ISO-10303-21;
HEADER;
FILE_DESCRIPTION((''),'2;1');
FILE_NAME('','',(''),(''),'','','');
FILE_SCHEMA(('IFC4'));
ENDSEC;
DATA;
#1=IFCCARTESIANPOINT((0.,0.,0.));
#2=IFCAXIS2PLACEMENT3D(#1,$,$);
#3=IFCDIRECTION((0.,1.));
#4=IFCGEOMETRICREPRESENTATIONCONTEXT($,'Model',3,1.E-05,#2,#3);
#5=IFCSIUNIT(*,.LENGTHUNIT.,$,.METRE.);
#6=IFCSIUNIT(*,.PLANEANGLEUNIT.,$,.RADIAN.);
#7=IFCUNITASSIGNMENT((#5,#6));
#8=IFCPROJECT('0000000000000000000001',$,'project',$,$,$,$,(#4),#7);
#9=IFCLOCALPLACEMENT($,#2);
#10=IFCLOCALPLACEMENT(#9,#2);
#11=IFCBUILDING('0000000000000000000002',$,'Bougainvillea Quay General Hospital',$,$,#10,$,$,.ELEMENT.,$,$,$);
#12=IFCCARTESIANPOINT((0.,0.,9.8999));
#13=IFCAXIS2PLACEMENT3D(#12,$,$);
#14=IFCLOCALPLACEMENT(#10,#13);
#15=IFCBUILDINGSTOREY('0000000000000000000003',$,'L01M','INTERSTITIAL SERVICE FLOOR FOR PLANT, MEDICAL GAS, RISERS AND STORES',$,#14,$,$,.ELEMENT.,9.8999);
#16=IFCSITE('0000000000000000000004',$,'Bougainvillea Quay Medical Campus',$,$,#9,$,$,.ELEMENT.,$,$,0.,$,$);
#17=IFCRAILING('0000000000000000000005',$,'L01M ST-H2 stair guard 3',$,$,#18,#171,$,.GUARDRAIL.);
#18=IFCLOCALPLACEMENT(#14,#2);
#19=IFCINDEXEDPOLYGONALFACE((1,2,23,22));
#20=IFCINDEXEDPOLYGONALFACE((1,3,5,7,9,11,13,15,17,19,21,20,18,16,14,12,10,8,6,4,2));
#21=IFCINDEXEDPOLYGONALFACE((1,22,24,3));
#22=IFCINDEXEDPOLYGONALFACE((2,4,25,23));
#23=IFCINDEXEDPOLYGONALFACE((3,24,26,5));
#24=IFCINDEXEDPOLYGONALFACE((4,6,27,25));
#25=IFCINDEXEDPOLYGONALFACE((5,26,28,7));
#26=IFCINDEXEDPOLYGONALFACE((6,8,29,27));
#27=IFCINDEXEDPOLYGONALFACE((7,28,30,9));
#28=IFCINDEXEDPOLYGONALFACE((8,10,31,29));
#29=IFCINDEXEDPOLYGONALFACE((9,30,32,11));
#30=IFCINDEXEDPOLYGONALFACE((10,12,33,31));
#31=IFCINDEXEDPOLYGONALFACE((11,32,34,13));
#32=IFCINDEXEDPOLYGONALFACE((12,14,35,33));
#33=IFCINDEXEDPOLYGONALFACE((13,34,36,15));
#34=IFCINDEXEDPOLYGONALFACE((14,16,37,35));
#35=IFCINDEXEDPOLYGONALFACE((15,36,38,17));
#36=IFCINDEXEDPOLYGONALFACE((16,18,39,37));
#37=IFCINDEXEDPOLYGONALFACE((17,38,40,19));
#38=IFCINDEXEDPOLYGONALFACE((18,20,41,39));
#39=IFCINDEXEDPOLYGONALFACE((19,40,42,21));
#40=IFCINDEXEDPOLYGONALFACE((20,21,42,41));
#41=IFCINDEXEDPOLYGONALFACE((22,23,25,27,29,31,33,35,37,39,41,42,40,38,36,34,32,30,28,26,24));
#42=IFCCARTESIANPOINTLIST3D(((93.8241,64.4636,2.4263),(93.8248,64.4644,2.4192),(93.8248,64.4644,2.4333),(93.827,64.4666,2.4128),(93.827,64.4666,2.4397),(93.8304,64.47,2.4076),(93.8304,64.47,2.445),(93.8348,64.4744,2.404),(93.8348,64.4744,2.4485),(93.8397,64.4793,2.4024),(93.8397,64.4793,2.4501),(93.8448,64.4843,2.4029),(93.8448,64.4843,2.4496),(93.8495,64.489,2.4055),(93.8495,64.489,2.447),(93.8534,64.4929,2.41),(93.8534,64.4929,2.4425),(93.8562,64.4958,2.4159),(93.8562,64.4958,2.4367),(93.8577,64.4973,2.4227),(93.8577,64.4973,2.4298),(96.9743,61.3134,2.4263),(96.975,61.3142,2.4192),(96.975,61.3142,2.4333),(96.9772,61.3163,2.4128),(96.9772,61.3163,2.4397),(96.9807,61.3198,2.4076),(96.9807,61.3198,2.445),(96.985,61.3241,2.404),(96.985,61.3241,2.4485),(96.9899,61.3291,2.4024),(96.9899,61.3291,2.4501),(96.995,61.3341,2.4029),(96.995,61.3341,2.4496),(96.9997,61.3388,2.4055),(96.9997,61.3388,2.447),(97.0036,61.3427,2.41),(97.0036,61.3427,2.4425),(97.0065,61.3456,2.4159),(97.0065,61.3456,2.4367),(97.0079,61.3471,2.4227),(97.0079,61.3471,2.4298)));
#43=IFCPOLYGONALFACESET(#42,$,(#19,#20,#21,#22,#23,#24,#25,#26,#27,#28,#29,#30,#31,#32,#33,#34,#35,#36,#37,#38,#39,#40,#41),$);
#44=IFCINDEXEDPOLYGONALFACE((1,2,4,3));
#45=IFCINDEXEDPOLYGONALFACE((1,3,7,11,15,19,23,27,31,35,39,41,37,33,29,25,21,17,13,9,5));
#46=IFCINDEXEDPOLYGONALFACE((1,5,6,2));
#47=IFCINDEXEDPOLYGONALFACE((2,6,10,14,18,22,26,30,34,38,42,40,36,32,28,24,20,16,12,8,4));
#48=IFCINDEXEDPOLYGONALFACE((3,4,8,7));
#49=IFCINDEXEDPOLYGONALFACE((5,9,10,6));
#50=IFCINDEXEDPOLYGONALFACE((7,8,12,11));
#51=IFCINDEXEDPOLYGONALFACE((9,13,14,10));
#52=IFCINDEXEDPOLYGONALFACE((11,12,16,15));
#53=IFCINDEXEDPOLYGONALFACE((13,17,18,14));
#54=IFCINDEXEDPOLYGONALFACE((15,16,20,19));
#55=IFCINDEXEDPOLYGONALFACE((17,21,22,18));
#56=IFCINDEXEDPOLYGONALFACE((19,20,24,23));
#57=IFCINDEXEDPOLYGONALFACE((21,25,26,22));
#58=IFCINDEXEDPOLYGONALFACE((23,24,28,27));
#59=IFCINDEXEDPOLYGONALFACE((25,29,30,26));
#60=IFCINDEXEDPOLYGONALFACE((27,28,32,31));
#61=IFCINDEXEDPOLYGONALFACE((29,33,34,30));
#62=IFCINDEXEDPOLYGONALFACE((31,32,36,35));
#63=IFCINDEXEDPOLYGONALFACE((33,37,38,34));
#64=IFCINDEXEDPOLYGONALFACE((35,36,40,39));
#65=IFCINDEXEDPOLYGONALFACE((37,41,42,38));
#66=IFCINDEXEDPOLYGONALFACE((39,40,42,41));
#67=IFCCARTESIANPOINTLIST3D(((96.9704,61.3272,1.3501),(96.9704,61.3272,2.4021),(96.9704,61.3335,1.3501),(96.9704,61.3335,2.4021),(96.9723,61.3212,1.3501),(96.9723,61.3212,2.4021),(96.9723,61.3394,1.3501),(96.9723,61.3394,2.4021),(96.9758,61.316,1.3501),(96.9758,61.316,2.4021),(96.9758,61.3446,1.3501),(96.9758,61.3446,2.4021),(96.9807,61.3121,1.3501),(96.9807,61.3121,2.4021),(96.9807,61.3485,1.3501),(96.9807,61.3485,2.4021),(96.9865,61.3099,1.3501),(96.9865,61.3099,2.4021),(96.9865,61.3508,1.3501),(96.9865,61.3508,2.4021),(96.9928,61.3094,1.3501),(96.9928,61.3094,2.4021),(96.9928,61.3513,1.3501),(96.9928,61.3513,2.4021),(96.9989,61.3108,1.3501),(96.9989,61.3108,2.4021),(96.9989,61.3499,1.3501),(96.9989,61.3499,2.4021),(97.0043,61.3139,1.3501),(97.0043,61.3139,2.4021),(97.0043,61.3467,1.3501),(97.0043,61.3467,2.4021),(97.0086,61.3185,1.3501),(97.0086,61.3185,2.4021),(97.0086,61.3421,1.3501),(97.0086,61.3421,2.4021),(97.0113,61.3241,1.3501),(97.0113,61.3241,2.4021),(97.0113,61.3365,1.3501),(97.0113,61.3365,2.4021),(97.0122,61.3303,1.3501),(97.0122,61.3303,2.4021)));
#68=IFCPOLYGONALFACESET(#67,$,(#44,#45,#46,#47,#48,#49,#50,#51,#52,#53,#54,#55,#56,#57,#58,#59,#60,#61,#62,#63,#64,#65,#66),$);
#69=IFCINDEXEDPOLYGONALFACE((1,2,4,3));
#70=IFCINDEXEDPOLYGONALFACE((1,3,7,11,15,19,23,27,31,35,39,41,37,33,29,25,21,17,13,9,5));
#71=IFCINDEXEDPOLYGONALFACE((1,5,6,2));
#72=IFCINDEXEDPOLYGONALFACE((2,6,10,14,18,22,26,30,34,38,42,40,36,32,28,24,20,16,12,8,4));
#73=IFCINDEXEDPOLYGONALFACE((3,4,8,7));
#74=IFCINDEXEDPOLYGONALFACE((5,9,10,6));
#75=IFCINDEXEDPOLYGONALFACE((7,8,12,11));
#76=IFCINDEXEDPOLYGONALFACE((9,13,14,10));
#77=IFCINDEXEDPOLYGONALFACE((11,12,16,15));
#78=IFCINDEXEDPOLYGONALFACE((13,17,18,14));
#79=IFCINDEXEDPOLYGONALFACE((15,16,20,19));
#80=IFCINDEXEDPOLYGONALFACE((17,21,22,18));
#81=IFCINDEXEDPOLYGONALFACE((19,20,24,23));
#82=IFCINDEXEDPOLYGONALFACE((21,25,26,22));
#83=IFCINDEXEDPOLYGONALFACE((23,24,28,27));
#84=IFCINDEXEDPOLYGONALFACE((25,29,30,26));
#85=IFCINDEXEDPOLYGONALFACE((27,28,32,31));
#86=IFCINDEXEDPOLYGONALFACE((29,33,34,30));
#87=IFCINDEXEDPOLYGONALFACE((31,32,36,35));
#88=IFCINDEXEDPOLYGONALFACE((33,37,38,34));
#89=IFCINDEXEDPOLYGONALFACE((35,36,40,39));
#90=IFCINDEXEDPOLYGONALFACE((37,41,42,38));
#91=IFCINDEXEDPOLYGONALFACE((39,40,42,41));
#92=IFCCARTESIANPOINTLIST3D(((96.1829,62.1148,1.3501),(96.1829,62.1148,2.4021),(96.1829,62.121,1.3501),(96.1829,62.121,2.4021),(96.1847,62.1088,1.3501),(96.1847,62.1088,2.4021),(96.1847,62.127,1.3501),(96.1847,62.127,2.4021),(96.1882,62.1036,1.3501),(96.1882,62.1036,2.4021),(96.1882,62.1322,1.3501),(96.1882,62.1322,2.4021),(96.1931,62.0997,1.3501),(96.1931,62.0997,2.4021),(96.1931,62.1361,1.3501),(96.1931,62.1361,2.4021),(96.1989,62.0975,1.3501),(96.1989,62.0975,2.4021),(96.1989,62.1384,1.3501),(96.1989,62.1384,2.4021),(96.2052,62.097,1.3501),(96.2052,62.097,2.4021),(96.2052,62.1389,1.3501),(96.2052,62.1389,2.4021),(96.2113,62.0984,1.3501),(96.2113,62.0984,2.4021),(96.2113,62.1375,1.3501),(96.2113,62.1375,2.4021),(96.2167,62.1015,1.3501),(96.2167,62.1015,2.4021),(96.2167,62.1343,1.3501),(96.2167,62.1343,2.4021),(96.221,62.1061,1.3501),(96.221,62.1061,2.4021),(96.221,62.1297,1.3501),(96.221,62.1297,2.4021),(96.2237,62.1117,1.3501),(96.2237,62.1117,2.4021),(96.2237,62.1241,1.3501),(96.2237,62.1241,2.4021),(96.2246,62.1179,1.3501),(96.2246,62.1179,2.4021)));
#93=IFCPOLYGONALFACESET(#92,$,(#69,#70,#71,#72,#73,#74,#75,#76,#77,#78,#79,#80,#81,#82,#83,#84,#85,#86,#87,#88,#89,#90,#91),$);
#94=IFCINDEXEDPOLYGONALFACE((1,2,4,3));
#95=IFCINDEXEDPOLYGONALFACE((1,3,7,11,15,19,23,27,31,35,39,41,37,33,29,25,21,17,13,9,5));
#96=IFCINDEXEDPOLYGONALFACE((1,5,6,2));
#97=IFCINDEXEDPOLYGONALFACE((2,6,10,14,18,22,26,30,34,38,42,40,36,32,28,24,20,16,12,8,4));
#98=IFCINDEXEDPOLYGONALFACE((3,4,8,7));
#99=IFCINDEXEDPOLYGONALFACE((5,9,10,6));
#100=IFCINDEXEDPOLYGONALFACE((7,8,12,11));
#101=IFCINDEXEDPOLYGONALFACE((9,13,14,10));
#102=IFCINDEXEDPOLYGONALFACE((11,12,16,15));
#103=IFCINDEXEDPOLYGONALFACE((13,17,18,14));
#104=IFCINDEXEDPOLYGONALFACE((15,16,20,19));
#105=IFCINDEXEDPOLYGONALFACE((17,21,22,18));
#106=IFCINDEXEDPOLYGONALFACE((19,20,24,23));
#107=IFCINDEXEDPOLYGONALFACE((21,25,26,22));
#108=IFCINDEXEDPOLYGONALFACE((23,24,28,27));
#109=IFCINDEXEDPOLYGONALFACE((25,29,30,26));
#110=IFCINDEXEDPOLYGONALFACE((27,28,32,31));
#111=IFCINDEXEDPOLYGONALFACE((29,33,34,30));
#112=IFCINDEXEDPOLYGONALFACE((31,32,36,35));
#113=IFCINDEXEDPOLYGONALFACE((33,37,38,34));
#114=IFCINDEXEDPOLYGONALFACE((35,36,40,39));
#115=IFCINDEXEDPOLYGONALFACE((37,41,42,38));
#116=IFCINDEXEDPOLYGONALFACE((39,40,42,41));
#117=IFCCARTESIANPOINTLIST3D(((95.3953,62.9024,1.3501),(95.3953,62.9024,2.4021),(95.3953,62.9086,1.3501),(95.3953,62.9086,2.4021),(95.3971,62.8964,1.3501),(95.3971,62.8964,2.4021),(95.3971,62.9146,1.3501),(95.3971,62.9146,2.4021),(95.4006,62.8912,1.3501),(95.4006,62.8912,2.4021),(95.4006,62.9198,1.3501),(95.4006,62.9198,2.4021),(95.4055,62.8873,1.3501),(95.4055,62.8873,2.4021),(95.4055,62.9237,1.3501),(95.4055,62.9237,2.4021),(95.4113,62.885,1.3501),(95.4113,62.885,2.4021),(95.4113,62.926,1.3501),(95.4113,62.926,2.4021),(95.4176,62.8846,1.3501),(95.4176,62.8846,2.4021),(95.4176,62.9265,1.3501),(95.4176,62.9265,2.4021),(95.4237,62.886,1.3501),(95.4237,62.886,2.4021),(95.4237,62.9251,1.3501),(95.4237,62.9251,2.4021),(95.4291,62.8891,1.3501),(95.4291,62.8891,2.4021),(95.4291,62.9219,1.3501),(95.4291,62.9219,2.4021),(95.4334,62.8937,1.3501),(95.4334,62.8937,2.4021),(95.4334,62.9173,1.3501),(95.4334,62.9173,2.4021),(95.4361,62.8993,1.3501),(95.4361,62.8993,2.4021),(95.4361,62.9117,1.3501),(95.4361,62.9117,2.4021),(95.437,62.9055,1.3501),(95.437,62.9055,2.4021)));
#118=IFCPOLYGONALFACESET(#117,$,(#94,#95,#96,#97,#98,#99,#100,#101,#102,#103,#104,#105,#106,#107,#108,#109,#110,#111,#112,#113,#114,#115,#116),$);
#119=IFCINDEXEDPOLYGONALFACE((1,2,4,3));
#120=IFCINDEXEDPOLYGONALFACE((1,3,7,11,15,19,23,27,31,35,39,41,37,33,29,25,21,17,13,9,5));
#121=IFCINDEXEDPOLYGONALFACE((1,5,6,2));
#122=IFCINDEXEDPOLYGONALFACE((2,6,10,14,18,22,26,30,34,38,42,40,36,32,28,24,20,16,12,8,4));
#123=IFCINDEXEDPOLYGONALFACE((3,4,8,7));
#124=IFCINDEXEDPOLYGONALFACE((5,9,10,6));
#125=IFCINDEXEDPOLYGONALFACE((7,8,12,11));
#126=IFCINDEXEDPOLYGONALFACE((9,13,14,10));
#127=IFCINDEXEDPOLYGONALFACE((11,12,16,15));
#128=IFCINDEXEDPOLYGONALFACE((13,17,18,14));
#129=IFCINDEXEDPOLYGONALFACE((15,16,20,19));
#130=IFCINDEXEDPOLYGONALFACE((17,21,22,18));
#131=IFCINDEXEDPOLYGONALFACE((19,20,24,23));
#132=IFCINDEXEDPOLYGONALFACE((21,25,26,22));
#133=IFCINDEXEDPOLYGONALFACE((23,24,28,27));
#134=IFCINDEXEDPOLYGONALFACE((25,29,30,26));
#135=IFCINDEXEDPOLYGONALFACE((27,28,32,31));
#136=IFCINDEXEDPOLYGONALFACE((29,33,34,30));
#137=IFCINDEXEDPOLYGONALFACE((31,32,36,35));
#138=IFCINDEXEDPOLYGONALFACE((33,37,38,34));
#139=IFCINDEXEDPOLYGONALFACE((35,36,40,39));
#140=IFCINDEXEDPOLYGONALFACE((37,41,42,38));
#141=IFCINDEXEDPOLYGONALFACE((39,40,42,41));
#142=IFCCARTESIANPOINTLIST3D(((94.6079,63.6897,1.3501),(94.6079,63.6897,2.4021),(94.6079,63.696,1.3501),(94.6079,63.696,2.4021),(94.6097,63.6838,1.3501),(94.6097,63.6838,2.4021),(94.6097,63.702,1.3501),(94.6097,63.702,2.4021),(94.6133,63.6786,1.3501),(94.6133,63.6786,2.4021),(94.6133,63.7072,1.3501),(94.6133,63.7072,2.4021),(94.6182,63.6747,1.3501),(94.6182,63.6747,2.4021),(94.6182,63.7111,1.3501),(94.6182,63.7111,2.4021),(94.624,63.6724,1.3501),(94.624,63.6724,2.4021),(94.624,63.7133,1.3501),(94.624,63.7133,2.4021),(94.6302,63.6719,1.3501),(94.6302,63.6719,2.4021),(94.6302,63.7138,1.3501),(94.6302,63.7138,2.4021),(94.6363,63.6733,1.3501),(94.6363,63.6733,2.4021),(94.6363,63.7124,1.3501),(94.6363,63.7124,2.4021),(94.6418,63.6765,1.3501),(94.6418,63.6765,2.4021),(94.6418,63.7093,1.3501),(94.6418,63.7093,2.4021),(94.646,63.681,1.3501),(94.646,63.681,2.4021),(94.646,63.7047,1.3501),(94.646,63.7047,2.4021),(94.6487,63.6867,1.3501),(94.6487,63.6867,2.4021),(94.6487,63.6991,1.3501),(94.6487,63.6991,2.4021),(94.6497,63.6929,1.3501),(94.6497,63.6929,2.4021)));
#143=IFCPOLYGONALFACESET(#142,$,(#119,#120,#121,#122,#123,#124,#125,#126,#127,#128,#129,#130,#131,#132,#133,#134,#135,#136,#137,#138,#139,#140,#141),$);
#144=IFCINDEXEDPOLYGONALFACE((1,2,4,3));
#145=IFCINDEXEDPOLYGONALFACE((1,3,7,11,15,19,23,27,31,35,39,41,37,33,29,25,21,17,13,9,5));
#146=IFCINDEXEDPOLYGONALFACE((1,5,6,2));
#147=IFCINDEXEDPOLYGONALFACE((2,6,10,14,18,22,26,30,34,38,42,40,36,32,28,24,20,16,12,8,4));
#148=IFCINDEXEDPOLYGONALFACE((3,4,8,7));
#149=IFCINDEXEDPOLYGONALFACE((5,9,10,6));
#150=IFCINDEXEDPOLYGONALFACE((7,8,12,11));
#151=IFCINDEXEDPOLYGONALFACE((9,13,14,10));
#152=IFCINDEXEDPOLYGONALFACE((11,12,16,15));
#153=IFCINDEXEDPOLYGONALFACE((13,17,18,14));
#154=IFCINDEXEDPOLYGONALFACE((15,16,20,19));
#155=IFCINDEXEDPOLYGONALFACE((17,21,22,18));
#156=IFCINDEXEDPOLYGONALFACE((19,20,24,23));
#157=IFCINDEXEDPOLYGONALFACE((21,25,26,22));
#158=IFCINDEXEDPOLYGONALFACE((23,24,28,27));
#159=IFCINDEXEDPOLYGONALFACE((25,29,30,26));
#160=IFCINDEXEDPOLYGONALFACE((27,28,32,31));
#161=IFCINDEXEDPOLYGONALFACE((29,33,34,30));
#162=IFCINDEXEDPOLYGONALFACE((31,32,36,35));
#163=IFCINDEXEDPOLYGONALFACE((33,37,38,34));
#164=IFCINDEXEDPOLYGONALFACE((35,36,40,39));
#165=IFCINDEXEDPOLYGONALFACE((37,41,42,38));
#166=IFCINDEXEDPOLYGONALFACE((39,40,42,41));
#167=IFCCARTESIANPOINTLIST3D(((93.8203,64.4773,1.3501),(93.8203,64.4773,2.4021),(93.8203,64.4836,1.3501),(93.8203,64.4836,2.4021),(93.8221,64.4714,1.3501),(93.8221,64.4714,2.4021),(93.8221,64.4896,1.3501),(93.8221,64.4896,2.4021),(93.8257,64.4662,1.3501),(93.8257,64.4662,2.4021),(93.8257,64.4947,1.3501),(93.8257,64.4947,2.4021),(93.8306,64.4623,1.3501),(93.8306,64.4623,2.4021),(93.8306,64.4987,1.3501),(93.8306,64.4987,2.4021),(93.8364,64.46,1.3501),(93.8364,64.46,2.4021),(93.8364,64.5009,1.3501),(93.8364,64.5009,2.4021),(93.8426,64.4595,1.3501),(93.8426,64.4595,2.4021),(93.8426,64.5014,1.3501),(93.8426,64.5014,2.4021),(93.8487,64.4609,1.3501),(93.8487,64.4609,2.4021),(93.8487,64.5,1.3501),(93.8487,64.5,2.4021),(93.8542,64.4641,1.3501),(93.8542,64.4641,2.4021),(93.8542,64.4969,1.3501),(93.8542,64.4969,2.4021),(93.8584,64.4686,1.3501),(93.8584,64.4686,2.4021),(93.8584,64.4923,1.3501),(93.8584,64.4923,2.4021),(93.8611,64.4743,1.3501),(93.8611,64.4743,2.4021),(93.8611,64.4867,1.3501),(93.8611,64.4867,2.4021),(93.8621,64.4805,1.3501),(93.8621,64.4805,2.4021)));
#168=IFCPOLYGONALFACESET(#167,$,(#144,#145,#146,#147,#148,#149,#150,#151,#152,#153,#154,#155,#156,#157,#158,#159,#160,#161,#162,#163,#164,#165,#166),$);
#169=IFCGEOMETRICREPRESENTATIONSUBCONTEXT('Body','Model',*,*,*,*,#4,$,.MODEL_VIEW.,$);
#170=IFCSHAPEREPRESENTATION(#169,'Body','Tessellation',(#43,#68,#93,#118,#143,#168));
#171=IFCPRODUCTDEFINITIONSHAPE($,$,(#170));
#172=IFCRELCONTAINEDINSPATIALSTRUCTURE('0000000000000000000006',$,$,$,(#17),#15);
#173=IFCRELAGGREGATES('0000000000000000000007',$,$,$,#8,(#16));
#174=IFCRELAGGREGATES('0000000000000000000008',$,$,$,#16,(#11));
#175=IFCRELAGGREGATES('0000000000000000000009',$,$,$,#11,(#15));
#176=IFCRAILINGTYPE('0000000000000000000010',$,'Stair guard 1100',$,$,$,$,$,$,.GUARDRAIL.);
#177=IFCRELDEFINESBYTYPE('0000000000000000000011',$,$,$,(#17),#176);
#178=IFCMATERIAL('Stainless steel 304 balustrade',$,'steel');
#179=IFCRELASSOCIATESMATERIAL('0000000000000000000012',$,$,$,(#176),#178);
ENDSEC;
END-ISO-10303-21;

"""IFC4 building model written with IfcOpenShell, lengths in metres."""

from ifc_helpers import new_model, si_unit, direction, frame, origin, origin_2d, place, context, subcontext, project, spatial, circle, extrude, material, type_object, element, save


model = new_model("IFC4")

# Units and contexts
model_context = context("Model", 3, precision=1e-05, world=origin(), true_north=direction((0.0, 1.0)))
body_context = subcontext(model_context, "Body", "Model", "MODEL_VIEW")
ifc_project = project(units=[si_unit("LENGTHUNIT", "METRE"), si_unit("PLANEANGLEUNIT", "RADIAN")], contexts=[model_context])

# Site, building, storey
site_placement = place(None, origin())
site = spatial("IfcSite", under=ifc_project, at=site_placement, Name="Bougainvillea Quay Medical Campus", CompositionType="ELEMENT", RefElevation=0.0)
building_placement = place(site_placement, origin())
building = spatial("IfcBuilding", under=site, at=building_placement, Name="Bougainvillea Quay General Hospital", CompositionType="ELEMENT")
storey_placement = place(building_placement, frame((0.0, 0.0, 9.8999)))
storey = spatial("IfcBuildingStorey", under=building, at=storey_placement, Name="L01M", Description="INTERSTITIAL SERVICE FLOOR FOR PLANT, MEDICAL GAS, RISERS AND STORES", CompositionType="ELEMENT", Elevation=9.8999)

# Railing
ifc_material_1 = material(Name="Stainless steel 304 balustrade", Category="steel")
railing_type_1 = type_object("IfcRailingType", Name="Stair guard 1100", PredefinedType="GUARDRAIL", material=ifc_material_1)
railing_1_placement = place(storey_placement, frame((96.9912, 61.3303, 1.3501)))
element("IfcRailing", 1, at=railing_1_placement, inside=storey, type_object=railing_type_1, Name="L01M ST-H2 stair guard 3", PredefinedType="GUARDRAIL", context=body_context, shape_type="SweptSolid", body=[
    extrude(circle(Radius=0.0239, at=origin_2d()), frame((0.0, 0.0, 1.0762), z_axis=(-0.707107, 0.707107, 0.0), x_axis=(-0.707107, -0.707107, 0.0)), (0.0, 0.0, 1.0), 4.4551),
    extrude(circle(Radius=0.021, at=origin_2d()), origin(), (0.0, 0.0, 1.0), 1.052),
    extrude(circle(Radius=0.021, at=origin_2d()), frame((-0.7876, 0.7876, 0.0)), (0.0, 0.0, 1.0), 1.052),
    extrude(circle(Radius=0.021, at=origin_2d()), frame((-1.5752, 1.5752, 0.0)), (0.0, 0.0, 1.0), 1.052),
    extrude(circle(Radius=0.021, at=origin_2d()), frame((-2.3625, 2.3625, 0.0)), (0.0, 0.0, 1.0), 1.052),
    extrude(circle(Radius=0.021, at=origin_2d()), frame((-3.1501, 3.1501, 0.0)), (0.0, 0.0, 1.0), 1.052),
])

save(model, "model.ifc")
